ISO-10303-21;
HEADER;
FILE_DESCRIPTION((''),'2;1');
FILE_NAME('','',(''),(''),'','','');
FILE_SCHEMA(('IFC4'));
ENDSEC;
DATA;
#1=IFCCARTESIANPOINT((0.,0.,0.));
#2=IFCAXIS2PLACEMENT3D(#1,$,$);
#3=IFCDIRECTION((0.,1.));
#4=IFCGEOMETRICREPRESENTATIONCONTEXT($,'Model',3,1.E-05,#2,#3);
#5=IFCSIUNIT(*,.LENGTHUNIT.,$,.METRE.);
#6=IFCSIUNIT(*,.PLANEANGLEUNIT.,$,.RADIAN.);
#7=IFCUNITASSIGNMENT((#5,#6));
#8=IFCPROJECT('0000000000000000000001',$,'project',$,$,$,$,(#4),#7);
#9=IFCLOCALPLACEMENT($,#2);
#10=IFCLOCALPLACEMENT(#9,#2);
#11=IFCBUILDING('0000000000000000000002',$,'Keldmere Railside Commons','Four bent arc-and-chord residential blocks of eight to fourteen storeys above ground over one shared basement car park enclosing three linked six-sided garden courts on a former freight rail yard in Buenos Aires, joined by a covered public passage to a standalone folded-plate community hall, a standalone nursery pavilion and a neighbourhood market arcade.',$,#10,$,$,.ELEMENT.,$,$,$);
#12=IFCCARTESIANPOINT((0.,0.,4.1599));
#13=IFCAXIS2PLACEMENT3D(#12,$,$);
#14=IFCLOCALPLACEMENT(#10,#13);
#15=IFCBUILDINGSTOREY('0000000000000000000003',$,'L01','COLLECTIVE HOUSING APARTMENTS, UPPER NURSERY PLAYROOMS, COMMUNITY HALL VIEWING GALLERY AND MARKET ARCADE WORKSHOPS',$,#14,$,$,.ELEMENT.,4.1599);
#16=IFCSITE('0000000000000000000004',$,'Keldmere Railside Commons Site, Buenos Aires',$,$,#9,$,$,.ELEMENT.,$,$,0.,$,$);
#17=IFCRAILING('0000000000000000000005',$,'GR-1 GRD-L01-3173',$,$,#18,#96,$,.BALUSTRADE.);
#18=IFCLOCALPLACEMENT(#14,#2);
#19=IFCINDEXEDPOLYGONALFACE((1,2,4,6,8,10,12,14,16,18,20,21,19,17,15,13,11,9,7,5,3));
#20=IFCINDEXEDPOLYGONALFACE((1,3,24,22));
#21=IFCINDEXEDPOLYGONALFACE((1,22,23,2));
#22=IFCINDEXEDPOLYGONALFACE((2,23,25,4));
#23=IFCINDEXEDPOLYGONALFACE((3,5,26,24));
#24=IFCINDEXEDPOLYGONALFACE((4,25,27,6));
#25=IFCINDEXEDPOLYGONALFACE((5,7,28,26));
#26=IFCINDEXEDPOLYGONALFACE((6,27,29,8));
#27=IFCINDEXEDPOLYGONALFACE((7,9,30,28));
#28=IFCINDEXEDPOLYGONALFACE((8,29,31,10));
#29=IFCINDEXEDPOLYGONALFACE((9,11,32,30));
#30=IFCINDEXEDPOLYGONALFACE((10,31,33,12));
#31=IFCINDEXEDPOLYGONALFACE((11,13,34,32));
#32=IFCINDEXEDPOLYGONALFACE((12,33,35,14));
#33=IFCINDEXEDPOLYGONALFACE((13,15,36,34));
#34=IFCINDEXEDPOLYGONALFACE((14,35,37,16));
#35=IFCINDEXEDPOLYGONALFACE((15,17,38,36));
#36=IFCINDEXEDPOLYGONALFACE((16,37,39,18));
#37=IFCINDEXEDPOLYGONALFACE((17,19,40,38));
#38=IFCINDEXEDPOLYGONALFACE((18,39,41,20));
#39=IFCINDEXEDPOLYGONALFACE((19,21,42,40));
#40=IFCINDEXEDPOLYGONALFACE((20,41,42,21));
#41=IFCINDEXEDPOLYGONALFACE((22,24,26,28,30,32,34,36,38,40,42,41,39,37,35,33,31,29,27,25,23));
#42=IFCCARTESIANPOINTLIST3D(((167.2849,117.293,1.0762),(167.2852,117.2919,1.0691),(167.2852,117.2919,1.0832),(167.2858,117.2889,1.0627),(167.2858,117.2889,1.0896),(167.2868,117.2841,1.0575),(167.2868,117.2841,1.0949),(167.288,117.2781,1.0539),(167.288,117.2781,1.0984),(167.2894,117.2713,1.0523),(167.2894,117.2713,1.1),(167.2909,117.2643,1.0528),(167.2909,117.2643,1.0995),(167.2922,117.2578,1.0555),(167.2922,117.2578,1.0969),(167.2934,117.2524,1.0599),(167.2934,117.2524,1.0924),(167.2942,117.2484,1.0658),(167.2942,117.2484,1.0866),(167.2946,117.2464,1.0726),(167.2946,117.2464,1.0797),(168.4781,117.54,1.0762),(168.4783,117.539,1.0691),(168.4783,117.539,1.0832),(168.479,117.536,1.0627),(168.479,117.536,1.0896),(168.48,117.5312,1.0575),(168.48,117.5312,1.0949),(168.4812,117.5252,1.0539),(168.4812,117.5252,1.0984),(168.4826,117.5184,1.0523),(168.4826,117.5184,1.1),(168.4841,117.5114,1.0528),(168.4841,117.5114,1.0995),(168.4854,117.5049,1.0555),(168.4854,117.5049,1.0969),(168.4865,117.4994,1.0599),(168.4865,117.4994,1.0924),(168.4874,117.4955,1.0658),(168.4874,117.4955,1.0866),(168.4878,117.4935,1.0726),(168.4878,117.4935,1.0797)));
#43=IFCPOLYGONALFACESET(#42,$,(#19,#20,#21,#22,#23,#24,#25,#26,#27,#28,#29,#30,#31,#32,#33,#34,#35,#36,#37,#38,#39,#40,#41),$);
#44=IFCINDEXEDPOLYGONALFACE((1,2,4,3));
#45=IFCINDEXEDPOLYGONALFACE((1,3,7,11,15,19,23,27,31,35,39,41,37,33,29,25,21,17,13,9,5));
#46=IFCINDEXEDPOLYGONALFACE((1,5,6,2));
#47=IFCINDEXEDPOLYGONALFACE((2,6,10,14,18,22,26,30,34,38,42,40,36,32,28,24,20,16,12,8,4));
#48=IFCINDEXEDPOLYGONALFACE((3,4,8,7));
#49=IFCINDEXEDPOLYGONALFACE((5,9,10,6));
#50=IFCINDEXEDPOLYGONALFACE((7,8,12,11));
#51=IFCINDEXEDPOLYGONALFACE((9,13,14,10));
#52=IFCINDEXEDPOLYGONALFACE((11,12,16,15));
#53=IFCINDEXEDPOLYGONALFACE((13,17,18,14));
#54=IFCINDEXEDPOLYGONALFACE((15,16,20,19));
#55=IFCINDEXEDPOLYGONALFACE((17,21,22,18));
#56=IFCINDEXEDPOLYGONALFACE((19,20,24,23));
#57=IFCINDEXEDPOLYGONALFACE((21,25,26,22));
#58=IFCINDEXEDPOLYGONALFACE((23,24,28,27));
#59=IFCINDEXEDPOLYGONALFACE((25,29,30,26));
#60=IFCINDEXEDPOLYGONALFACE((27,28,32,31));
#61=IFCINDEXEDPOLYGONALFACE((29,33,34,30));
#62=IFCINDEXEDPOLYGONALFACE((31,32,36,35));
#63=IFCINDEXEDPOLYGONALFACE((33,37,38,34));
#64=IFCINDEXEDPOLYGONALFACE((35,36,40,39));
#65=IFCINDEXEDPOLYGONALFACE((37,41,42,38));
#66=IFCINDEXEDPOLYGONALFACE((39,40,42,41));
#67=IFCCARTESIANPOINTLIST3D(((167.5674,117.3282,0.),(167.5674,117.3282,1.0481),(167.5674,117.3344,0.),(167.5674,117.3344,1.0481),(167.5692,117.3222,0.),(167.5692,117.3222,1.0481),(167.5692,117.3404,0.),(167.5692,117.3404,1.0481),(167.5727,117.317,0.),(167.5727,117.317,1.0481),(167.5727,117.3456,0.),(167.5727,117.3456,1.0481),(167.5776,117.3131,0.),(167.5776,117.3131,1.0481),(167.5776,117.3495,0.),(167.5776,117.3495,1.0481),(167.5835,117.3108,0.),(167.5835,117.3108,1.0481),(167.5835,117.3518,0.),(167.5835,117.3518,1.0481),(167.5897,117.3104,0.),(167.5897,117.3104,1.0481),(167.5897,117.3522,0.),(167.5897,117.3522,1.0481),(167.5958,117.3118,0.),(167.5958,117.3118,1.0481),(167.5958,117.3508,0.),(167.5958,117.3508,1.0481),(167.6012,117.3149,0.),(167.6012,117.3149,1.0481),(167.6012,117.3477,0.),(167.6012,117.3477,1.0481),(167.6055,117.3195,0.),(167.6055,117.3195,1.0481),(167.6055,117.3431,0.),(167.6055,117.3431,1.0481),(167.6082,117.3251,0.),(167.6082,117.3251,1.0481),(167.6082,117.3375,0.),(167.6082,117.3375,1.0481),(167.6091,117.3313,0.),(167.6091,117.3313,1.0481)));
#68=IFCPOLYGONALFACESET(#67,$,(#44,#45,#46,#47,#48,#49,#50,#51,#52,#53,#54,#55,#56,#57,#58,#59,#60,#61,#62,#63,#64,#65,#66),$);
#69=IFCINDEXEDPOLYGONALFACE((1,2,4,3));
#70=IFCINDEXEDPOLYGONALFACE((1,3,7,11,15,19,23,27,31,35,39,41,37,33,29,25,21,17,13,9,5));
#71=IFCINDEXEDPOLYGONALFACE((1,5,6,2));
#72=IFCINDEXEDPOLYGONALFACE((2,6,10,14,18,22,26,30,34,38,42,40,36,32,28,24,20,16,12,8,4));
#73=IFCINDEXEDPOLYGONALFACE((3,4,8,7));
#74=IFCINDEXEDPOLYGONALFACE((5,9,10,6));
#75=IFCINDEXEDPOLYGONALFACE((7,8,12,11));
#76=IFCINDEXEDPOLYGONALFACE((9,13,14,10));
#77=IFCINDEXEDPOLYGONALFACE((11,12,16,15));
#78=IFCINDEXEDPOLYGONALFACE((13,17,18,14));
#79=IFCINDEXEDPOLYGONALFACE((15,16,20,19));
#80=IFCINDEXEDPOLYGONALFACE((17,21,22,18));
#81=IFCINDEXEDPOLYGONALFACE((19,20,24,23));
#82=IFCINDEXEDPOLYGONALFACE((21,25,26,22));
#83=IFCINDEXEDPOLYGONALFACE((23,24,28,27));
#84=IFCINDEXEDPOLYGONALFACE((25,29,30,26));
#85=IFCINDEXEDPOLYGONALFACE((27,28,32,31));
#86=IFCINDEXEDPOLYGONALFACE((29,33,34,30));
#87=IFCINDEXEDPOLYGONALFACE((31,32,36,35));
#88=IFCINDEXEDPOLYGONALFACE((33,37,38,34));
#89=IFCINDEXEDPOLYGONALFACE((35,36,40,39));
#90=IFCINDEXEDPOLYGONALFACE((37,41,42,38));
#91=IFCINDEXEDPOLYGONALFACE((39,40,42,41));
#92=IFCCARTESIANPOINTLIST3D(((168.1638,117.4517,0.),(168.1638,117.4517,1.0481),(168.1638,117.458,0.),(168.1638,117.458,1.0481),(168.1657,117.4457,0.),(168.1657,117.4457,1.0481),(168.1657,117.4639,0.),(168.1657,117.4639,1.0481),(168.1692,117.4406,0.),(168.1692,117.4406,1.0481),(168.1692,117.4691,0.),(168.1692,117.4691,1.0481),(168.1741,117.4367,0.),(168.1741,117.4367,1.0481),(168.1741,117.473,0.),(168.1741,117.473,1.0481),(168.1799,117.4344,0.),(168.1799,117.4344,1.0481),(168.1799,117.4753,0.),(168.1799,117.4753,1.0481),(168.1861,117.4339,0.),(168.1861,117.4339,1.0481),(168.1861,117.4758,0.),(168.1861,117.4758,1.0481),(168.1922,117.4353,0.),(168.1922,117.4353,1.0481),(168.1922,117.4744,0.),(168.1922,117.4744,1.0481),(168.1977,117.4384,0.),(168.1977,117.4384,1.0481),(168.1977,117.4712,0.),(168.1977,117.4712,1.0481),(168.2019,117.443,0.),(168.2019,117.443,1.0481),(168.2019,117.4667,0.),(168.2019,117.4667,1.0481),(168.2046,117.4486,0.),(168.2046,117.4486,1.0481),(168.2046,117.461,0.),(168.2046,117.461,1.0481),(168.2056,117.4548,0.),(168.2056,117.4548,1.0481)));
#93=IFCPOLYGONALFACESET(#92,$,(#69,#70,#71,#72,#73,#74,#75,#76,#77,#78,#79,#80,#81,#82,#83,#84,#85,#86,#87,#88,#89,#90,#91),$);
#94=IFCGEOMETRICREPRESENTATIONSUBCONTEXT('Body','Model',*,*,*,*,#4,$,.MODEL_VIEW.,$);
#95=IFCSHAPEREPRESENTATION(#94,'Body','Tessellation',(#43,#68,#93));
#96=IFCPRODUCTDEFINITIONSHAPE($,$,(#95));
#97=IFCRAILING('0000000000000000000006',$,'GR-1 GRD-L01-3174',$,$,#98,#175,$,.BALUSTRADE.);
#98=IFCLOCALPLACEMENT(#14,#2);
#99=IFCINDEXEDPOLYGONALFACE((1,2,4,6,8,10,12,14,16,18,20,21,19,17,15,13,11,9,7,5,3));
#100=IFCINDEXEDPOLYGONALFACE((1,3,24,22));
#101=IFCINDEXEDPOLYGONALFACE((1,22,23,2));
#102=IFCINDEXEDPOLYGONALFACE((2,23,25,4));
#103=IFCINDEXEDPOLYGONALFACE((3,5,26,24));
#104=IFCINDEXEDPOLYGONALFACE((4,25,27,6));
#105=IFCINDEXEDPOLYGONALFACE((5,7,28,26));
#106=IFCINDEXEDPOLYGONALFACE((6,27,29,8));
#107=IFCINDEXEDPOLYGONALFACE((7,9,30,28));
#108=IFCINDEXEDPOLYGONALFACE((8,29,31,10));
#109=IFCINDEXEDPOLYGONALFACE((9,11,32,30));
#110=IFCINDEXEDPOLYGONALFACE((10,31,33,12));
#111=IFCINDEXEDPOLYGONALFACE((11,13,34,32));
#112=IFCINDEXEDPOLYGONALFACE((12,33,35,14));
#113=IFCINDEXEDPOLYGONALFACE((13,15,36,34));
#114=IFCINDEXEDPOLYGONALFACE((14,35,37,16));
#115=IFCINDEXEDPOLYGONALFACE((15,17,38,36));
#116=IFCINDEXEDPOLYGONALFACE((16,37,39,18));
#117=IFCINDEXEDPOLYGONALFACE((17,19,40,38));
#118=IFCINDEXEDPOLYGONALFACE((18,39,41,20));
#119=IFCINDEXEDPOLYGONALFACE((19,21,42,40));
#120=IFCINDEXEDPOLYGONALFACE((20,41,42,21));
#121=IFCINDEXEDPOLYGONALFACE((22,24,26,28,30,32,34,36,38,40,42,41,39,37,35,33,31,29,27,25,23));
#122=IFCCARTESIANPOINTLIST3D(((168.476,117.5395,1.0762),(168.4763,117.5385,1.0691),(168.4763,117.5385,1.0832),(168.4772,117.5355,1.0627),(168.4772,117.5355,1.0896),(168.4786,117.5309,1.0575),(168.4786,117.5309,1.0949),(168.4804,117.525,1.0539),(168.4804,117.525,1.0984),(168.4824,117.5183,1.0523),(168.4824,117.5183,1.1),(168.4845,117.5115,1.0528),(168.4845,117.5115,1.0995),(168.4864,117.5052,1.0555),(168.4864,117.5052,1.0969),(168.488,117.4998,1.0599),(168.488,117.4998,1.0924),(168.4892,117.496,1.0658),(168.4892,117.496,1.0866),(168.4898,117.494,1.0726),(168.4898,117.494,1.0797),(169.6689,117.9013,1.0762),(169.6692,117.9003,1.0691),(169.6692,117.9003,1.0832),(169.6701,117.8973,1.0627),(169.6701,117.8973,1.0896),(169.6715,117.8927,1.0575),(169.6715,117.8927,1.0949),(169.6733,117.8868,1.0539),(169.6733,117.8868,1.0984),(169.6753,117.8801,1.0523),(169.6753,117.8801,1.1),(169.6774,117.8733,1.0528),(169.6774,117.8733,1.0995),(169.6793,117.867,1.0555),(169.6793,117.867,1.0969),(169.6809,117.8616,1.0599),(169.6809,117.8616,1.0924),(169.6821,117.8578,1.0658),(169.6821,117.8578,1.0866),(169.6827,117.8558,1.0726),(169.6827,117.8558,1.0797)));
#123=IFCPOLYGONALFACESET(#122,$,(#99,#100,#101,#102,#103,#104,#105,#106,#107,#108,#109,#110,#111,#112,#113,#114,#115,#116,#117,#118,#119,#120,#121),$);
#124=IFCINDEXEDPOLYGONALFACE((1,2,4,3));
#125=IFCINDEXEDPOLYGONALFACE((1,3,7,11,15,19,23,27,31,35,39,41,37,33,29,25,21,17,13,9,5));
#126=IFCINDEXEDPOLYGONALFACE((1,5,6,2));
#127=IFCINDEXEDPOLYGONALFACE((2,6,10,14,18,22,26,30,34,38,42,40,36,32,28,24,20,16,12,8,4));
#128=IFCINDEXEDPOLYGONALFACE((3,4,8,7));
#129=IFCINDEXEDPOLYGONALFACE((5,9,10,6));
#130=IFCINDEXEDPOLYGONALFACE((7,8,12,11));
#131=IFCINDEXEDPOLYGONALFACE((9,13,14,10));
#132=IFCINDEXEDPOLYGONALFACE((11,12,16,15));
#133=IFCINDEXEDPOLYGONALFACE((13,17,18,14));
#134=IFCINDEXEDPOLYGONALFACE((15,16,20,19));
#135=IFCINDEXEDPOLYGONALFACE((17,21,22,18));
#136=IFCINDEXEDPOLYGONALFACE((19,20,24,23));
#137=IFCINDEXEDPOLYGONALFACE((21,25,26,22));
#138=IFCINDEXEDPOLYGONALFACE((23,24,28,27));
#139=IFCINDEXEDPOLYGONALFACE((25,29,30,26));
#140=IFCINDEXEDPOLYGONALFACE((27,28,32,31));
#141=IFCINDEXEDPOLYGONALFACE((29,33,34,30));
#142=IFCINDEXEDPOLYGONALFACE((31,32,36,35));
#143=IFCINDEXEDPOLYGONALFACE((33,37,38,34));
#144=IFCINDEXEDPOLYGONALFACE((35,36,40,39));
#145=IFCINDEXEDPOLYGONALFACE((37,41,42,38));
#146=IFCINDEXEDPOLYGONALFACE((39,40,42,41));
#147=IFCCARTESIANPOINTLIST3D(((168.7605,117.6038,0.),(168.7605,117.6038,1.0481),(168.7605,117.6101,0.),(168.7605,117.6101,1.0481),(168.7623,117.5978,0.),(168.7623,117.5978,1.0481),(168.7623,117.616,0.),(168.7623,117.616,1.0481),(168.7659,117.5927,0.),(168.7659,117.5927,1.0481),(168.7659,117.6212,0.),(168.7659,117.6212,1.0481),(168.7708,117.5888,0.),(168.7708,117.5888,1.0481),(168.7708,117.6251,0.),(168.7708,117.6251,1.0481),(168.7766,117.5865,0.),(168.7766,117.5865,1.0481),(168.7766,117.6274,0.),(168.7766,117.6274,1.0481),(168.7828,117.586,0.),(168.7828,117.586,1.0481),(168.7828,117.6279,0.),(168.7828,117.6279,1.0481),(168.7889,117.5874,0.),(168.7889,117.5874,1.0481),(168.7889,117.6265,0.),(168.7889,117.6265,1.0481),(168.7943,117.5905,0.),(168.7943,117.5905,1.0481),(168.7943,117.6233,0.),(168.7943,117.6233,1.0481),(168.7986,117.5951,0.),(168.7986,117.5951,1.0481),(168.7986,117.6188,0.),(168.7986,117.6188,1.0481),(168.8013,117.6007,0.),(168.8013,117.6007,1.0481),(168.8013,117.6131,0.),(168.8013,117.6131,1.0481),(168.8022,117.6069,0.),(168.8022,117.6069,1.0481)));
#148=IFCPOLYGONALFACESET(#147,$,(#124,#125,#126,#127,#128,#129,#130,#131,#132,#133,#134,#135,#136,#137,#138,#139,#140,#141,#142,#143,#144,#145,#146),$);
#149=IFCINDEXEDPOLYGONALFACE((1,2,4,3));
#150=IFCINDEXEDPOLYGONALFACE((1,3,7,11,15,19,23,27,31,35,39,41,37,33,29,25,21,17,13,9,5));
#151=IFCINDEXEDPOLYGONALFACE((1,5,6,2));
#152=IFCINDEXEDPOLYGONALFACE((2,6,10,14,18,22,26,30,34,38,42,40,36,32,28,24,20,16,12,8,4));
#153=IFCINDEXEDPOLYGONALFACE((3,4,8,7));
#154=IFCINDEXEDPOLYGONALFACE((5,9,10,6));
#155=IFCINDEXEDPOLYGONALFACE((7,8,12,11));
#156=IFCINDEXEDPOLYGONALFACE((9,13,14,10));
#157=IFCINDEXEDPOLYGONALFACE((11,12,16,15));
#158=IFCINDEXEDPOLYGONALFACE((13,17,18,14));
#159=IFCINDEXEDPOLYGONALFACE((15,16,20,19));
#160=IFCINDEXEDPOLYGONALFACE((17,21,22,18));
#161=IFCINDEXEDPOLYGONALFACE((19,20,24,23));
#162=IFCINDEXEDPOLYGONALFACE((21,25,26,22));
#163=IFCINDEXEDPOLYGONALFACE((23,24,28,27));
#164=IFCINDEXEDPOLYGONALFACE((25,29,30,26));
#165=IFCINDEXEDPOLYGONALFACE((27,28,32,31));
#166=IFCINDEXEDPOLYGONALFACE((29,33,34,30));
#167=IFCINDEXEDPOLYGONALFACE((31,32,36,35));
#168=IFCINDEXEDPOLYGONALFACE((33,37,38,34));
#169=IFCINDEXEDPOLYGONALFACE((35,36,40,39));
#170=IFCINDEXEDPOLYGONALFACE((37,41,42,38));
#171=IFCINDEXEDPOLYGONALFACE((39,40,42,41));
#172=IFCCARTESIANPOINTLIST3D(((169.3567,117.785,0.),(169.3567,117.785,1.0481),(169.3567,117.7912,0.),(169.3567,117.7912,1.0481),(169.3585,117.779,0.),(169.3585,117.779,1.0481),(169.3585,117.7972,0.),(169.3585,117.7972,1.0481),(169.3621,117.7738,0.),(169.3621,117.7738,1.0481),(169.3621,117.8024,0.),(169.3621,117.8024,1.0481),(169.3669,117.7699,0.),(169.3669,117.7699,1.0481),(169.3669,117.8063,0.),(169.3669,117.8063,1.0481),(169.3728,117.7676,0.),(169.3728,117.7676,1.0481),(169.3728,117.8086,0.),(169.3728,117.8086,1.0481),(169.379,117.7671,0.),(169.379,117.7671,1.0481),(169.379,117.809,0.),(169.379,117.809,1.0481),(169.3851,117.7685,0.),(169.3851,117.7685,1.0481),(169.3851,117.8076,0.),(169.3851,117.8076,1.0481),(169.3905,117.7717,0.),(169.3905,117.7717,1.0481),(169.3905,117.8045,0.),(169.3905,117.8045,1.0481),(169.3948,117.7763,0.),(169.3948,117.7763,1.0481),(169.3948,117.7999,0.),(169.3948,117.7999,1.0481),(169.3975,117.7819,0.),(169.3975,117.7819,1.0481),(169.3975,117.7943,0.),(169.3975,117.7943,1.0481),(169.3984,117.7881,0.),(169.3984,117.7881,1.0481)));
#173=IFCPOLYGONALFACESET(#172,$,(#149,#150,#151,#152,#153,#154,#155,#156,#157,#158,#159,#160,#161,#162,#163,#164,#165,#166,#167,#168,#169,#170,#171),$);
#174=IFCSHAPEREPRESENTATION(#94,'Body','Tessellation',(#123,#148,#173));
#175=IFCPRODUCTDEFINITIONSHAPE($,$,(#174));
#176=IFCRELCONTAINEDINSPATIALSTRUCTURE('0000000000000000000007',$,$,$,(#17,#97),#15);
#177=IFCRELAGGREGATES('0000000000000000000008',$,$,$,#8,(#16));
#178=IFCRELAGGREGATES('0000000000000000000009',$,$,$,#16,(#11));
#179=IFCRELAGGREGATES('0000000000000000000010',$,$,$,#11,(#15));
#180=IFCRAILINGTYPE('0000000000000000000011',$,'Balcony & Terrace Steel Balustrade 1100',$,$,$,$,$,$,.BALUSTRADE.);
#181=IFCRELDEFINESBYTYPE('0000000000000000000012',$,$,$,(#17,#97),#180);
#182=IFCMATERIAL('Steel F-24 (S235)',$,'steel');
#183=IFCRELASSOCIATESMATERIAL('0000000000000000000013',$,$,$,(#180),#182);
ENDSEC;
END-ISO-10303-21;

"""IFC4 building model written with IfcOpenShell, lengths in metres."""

from ifc_helpers import new_model, si_unit, direction, frame, origin, origin_2d, place, context, subcontext, project, spatial, circle, extrude, material, type_object, element, save


model = new_model("IFC4")

# Units and contexts
model_context = context("Model", 3, precision=1e-05, world=origin(), true_north=direction((0.0, 1.0)))
body_context = subcontext(model_context, "Body", "Model", "MODEL_VIEW")
ifc_project = project(units=[si_unit("LENGTHUNIT", "METRE"), si_unit("PLANEANGLEUNIT", "RADIAN")], contexts=[model_context])

# Site, building, storey
site_placement = place(None, origin())
site = spatial("IfcSite", under=ifc_project, at=site_placement, Name="Keldmere Railside Commons Site, Buenos Aires", CompositionType="ELEMENT", RefElevation=0.0)
building_placement = place(site_placement, origin())
building = spatial("IfcBuilding", under=site, at=building_placement, Name="Keldmere Railside Commons", Description="Four bent arc-and-chord residential blocks of eight to fourteen storeys above ground over one shared basement car park enclosing three linked six-sided garden courts on a former freight rail yard in Buenos Aires, joined by a covered public passage to a standalone folded-plate community hall, a standalone nursery pavilion and a neighbourhood market arcade.", CompositionType="ELEMENT")
storey_placement = place(building_placement, frame((0.0, 0.0, 4.1599)))
storey = spatial("IfcBuildingStorey", under=building, at=storey_placement, Name="L01", Description="COLLECTIVE HOUSING APARTMENTS, UPPER NURSERY PLAYROOMS, COMMUNITY HALL VIEWING GALLERY AND MARKET ARCADE WORKSHOPS", CompositionType="ELEMENT", Elevation=4.1599)

# Railings
ifc_material_1 = material(Name="Steel F-24 (S235)", Category="steel")
railing_type = type_object("IfcRailingType", Name="Balcony & Terrace Steel Balustrade 1100", PredefinedType="BALUSTRADE", material=ifc_material_1)
railing_1_placement = place(storey_placement, frame((167.2898, 117.2695, 0.0)))
element("IfcRailing", 1, at=railing_1_placement, inside=storey, type_object=railing_type, Name="GR-1 GRD-L01-3173", PredefinedType="BALUSTRADE", context=body_context, shape_type="SweptSolid", body=[
    extrude(circle(Radius=0.0239, at=origin_2d()), frame((0.0, 0.0, 1.0762), z_axis=(0.979225, 0.202778, 0.0), x_axis=(-0.202778, 0.979225, 0.0)), (0.0, 0.0, 1.0), 1.2185),
    extrude(circle(Radius=0.021, at=origin_2d()), frame((0.2983, 0.0618, 0.0)), (0.0, 0.0, 1.0), 1.0481),
    extrude(circle(Radius=0.021, at=origin_2d()), frame((0.8948, 0.1853, 0.0)), (0.0, 0.0, 1.0), 1.0481),
])
railing_2_placement = place(storey_placement, frame((168.4829, 117.5166, 0.0)))
element("IfcRailing", 2, at=railing_2_placement, inside=storey, type_object=railing_type, Name="GR-1 GRD-L01-3174", PredefinedType="BALUSTRADE", context=body_context, shape_type="SweptSolid", body=[
    extrude(circle(Radius=0.0239, at=origin_2d()), frame((0.0, 0.0, 1.0762), z_axis=(0.956949, 0.290257, 0.0), x_axis=(-0.290257, 0.956949, 0.0)), (0.0, 0.0, 1.0), 1.2466),
    extrude(circle(Radius=0.021, at=origin_2d()), frame((0.2983, 0.0903, 0.0)), (0.0, 0.0, 1.0), 1.0481),
    extrude(circle(Radius=0.021, at=origin_2d()), frame((0.8945, 0.2715, 0.0)), (0.0, 0.0, 1.0), 1.0481),
])

save(model, "model.ifc")
